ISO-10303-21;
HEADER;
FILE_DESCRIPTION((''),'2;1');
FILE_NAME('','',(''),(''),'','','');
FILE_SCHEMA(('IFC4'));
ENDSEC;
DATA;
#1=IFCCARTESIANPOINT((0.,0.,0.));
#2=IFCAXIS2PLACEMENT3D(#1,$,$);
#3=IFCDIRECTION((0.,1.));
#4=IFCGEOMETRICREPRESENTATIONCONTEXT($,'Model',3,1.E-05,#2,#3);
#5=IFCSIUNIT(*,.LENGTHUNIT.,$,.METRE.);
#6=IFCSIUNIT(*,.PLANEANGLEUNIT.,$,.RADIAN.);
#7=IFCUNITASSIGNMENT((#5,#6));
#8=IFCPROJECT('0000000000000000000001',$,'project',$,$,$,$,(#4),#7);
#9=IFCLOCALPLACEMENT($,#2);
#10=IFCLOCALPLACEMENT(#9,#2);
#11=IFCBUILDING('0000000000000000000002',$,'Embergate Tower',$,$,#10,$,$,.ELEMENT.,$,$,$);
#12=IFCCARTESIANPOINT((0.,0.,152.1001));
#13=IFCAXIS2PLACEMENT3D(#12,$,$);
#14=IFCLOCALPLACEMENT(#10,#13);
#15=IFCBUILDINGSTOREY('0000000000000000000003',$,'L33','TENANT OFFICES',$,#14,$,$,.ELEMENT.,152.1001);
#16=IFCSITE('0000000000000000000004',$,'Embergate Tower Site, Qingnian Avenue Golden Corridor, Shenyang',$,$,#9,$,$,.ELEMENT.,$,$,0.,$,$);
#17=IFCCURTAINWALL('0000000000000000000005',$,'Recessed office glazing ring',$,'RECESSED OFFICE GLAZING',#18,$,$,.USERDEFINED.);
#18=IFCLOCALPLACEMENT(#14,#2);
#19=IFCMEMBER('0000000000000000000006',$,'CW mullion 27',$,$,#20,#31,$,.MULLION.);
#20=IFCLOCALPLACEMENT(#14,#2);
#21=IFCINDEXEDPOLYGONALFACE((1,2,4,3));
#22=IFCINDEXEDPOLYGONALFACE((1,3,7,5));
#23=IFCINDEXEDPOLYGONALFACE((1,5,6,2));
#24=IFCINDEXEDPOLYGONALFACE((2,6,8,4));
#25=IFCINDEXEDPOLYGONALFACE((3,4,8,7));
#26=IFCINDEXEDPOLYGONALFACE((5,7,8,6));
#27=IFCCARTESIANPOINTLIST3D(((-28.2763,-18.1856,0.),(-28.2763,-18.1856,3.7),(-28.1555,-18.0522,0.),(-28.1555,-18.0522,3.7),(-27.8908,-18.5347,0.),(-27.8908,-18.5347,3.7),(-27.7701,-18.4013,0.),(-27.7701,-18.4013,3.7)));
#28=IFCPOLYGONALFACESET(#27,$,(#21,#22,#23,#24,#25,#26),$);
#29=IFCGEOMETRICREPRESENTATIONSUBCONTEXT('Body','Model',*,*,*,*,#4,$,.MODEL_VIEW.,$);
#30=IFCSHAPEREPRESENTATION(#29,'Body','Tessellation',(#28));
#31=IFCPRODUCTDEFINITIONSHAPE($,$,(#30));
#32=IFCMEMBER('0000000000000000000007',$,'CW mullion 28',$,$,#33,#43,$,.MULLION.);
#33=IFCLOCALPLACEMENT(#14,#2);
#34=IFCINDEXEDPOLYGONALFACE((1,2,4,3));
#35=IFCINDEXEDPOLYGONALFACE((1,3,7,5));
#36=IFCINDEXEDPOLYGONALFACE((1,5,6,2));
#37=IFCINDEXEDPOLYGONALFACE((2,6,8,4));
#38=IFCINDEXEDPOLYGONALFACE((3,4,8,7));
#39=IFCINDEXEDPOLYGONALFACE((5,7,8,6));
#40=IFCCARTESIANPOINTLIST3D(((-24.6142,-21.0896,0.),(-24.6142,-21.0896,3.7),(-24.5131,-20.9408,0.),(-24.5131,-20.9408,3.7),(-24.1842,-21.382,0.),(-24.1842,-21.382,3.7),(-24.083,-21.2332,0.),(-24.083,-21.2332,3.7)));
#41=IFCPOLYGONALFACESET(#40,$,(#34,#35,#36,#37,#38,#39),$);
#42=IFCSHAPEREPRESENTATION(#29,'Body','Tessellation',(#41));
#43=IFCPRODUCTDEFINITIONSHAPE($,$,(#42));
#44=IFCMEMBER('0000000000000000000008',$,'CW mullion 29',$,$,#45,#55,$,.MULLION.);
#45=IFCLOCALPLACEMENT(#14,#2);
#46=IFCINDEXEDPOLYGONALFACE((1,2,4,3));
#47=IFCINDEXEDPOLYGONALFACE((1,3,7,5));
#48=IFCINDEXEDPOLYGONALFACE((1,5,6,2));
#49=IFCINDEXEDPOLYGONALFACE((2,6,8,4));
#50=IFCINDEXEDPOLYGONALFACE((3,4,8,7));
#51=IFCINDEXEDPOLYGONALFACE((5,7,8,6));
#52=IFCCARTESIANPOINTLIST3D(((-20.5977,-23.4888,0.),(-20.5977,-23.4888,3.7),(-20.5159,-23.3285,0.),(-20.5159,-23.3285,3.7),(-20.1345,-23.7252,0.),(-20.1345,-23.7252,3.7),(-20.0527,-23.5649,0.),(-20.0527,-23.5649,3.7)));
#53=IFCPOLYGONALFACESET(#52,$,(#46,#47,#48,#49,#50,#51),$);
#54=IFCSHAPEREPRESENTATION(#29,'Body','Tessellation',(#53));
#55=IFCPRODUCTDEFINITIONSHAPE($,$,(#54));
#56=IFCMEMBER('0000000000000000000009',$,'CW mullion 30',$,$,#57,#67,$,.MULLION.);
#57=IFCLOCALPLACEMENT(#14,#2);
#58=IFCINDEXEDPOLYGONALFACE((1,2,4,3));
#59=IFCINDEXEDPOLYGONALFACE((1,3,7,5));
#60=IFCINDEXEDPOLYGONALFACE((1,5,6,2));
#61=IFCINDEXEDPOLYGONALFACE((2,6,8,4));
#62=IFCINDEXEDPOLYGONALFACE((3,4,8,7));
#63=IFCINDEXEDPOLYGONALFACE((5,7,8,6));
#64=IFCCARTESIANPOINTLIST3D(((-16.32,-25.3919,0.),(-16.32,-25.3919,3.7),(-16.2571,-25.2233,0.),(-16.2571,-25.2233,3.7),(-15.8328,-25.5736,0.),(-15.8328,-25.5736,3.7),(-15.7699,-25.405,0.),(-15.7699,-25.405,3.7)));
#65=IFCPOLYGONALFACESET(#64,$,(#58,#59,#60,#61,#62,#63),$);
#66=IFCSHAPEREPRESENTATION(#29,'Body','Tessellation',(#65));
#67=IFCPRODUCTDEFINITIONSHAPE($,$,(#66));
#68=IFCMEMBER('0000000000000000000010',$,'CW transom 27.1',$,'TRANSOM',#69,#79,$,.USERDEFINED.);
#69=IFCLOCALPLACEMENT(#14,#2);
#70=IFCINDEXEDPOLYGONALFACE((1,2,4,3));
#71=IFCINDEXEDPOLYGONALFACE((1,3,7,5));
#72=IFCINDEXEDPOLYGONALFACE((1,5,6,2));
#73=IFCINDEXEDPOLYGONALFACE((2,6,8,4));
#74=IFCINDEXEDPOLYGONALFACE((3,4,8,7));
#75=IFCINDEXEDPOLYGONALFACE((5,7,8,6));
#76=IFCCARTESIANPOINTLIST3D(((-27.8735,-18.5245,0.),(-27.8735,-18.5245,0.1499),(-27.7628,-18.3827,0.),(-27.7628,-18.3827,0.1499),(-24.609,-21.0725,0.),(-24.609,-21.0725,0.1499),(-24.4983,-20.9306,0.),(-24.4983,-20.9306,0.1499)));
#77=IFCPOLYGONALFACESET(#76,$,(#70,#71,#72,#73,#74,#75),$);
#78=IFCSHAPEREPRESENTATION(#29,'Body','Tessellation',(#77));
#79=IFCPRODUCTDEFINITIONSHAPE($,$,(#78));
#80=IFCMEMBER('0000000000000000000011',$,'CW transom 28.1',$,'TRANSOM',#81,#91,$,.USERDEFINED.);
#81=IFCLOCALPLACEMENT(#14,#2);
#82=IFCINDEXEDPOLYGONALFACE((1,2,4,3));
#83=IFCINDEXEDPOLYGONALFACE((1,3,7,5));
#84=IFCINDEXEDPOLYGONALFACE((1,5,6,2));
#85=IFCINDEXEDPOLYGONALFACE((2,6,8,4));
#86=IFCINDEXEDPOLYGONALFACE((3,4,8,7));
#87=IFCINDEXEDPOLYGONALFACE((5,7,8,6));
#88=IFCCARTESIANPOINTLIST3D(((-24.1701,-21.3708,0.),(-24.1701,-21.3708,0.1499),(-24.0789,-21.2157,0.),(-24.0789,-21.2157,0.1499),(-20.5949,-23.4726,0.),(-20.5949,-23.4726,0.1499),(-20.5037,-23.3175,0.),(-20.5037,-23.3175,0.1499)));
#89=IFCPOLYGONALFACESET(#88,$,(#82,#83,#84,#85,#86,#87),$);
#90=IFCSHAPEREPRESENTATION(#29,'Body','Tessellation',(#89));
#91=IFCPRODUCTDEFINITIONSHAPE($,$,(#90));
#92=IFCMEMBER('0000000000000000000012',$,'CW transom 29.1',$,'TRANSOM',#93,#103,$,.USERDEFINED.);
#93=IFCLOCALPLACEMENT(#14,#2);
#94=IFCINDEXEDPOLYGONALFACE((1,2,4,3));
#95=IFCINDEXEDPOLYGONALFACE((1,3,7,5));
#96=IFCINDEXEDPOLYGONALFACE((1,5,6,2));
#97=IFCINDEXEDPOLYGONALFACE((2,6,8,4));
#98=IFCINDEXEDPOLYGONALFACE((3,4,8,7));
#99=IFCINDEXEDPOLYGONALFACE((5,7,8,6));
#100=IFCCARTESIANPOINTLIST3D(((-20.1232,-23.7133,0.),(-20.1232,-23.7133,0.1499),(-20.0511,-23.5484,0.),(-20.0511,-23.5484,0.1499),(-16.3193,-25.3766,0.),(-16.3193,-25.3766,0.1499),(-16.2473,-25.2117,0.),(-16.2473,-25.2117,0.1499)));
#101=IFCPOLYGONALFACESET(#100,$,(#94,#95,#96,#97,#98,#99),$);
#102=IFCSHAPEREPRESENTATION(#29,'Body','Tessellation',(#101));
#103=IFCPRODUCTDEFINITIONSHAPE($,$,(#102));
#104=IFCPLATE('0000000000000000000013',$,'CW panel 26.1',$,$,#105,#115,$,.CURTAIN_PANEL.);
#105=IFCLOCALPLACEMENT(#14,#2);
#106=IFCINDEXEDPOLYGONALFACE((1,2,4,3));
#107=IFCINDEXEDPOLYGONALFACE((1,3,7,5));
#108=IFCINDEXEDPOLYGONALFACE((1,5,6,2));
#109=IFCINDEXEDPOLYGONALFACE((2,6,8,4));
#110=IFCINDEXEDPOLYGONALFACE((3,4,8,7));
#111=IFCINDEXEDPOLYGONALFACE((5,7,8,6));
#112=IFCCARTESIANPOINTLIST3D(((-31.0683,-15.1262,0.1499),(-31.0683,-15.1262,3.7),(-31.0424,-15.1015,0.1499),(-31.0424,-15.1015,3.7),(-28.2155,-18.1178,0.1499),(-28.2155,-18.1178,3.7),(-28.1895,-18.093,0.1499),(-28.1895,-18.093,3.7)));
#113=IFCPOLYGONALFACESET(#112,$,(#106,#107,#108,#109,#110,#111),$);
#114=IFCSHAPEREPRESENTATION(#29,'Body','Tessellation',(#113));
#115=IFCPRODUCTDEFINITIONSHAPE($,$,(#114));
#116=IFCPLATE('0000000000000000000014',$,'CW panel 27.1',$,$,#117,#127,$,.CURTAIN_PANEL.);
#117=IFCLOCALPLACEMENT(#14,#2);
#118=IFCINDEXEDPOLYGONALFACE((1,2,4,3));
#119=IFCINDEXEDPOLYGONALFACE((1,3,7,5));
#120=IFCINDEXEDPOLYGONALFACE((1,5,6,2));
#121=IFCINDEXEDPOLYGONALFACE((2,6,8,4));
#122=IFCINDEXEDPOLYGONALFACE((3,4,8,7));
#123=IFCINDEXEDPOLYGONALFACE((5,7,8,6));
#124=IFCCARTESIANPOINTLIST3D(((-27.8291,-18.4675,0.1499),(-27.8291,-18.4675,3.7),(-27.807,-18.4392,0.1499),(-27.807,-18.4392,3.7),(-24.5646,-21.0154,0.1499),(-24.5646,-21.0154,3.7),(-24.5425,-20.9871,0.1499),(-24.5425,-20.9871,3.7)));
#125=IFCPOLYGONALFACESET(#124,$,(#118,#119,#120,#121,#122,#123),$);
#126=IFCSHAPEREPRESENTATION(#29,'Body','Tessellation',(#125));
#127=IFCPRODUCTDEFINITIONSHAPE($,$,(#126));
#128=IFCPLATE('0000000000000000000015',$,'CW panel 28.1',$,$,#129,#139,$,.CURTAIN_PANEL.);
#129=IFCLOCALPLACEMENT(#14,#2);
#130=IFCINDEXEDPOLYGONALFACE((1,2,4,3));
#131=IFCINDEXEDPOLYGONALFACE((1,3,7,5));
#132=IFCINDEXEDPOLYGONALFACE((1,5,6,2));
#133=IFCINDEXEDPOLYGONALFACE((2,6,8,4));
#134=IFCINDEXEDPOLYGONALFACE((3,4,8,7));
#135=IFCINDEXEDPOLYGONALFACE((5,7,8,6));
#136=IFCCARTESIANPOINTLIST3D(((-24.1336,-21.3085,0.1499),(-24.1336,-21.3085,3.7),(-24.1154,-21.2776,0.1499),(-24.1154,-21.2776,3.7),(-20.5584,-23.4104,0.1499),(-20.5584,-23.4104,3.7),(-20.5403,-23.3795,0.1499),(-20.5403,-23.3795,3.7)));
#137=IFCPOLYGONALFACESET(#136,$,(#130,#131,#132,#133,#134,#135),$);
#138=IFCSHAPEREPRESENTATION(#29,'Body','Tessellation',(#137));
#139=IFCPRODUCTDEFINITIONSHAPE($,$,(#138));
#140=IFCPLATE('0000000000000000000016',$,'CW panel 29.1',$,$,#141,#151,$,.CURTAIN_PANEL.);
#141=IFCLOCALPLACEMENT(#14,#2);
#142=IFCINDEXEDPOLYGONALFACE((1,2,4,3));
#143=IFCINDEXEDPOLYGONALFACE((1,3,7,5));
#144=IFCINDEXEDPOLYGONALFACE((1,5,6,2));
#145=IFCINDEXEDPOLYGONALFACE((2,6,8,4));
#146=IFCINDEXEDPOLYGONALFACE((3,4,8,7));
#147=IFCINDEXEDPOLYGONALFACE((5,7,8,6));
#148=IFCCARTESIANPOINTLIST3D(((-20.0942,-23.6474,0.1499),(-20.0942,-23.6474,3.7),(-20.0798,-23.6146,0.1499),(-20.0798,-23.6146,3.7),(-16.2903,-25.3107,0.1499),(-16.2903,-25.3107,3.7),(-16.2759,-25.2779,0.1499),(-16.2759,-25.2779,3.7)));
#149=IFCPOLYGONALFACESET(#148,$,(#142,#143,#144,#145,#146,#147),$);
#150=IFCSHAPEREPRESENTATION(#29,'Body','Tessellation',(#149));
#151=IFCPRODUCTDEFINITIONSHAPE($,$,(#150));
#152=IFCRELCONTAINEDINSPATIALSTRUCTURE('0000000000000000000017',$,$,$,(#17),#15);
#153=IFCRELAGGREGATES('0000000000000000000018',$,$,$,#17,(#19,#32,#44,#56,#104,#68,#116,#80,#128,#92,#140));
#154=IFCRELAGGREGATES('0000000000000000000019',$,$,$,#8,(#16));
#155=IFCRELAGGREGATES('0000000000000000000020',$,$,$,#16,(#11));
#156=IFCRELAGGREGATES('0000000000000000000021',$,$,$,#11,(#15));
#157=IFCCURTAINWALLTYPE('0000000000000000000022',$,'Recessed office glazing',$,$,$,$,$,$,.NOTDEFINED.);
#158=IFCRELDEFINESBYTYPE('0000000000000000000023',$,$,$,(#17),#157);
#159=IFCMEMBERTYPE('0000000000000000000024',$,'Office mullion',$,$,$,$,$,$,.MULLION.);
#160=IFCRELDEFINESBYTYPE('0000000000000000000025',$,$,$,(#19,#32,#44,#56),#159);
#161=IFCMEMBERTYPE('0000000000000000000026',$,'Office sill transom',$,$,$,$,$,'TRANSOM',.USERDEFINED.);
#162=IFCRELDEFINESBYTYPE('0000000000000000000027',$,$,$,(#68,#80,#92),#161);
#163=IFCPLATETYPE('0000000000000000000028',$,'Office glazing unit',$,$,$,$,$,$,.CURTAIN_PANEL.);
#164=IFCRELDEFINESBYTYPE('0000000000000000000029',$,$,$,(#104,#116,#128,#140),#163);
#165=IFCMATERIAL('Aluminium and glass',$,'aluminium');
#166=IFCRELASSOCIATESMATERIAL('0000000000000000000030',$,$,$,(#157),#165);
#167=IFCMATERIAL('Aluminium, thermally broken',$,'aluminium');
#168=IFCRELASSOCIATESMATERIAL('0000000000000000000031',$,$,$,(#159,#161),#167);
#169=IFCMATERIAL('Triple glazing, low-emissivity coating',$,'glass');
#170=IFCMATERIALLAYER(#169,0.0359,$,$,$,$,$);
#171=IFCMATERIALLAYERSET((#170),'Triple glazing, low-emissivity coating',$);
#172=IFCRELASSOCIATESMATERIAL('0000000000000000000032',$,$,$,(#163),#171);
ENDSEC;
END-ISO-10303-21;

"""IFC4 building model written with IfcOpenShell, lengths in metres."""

from ifc_helpers import new_model, si_unit, direction, frame, origin, origin_2d, place, context, subcontext, project, spatial, rectangle, extrude, source, transform, mapped, material, layer, layer_set, material_profile, profile_set, type_object, element, aggregate, save


model = new_model("IFC4")

# Units and contexts
model_context = context("Model", 3, precision=1e-05, world=origin(), true_north=direction((0.0, 1.0)))
body_context = subcontext(model_context, "Body", "Model", "MODEL_VIEW")
ifc_project = project(units=[si_unit("LENGTHUNIT", "METRE"), si_unit("PLANEANGLEUNIT", "RADIAN")], contexts=[model_context])

# Site, building, storey
site_placement = place(None, origin())
site = spatial("IfcSite", under=ifc_project, at=site_placement, Name="Embergate Tower Site, Qingnian Avenue Golden Corridor, Shenyang", CompositionType="ELEMENT", RefElevation=0.0)
building_placement = place(site_placement, origin())
building = spatial("IfcBuilding", under=site, at=building_placement, Name="Embergate Tower", CompositionType="ELEMENT")
storey_placement = place(building_placement, frame((0.0, 0.0, 152.1001)))
storey = spatial("IfcBuildingStorey", under=building, at=storey_placement, Name="L33", Description="TENANT OFFICES", CompositionType="ELEMENT", Elevation=152.1001)

# Curtain wall, members, plates
ifc_material_1 = material(Name="Aluminium and glass", Category="aluminium")
curtain_wall_type = type_object("IfcCurtainWallType", Name="Recessed office glazing", PredefinedType="NOTDEFINED", material=ifc_material_1)
curtain_wall_placement = place(storey_placement, origin())
curtain_wall = element("IfcCurtainWall", 1, at=curtain_wall_placement, inside=storey, type_object=curtain_wall_type, Name="Recessed office glazing ring", ObjectType="RECESSED OFFICE GLAZING", PredefinedType="USERDEFINED")
ifc_material_2 = material(Name="Aluminium, thermally broken", Category="aluminium")
ifc_material_profile_1 = material_profile(ifc_material_2, rectangle(XDim=0.1799, YDim=0.52, at=origin_2d()), Name="AL 520x180")
ifc_profile_set_1 = profile_set([ifc_material_profile_1], Name="Aluminium, thermally broken")
member_type_1 = type_object("IfcMemberType", Name="Office mullion", PredefinedType="MULLION", material=ifc_profile_set_1)
shared_shape_1 = source(origin(), body_context, "Body", "SweptSolid", [
    extrude(rectangle(XDim=0.1799, YDim=0.52, at=origin_2d()), origin(), (0.0, 0.0, 1.0), 3.7),
])
member_1_placement = place(storey_placement, frame((-28.0232, -18.2935, 0.0), z_axis=(0.0, 0.0, 1.0), x_axis=(0.671227, 0.741252, 0.0)))
member_1 = element("IfcMember", 2, at=member_1_placement, type_object=member_type_1, Name="CW mullion 27", PredefinedType="MULLION", context=body_context, shape_type="MappedRepresentation", body=[
    mapped(shared_shape_1, transform((0.0, 0.0, 0.0))),
])
member_2_placement = place(storey_placement, frame((-24.3486, -21.1614, 0.0), z_axis=(0.0, 0.0, 1.0), x_axis=(0.562218, 0.826989, 0.0)))
member_2 = element("IfcMember", 3, at=member_2_placement, type_object=member_type_1, Name="CW mullion 28", PredefinedType="MULLION", context=body_context, shape_type="MappedRepresentation", body=[
    mapped(shared_shape_1, transform((0.0, 0.0, 0.0))),
])
member_3_placement = place(storey_placement, frame((-20.3252, -23.5269, 0.0), z_axis=(0.0, 0.0, 1.0), x_axis=(0.454511, 0.890741, 0.0)))
member_3 = element("IfcMember", 4, at=member_3_placement, type_object=member_type_1, Name="CW mullion 29", PredefinedType="MULLION", context=body_context, shape_type="MappedRepresentation", body=[
    mapped(shared_shape_1, transform((0.0, 0.0, 0.0))),
])
member_4_placement = place(storey_placement, frame((-16.0449, -25.3984, 0.0), z_axis=(0.0, 0.0, 1.0), x_axis=(0.349503, 0.936935, 0.0)))
member_4 = element("IfcMember", 5, at=member_4_placement, type_object=member_type_1, Name="CW mullion 30", PredefinedType="MULLION", context=body_context, shape_type="MappedRepresentation", body=[
    mapped(shared_shape_1, transform((0.0, 0.0, 0.0))),
])
ifc_material_profile_2 = material_profile(ifc_material_2, rectangle(XDim=0.1799, YDim=0.1499, at=origin_2d()), Name="AL 150x180")
ifc_profile_set_2 = profile_set([ifc_material_profile_2], Name="Aluminium, thermally broken")
member_type_2 = type_object("IfcMemberType", Name="Office sill transom", ElementType="TRANSOM", PredefinedType="USERDEFINED", material=ifc_profile_set_2)
shared_shape_2 = source(origin(), body_context, "Body", "SweptSolid", [
    extrude(rectangle(XDim=0.1799, YDim=0.1499, at=origin_2d()), origin(), (0.0, 0.0, 1.0), 4.1411),
])
member_5_placement = place(storey_placement, frame((-27.8181, -18.4536, 0.075), z_axis=(0.788313, -0.615274, 0.0), x_axis=(0.615274, 0.788313, 0.0)))
member_5 = element("IfcMember", 6, at=member_5_placement, type_object=member_type_2, Name="CW transom 27.1", ObjectType="TRANSOM", PredefinedType="USERDEFINED", context=body_context, shape_type="MappedRepresentation", body=[
    mapped(shared_shape_2, transform((0.0, 0.0, 0.0))),
])
shared_shape_3 = source(origin(), body_context, "Body", "SweptSolid", [
    extrude(rectangle(XDim=0.1799, YDim=0.1499, at=origin_2d()), origin(), (0.0, 0.0, 1.0), 4.1472),
])
member_6_placement = place(storey_placement, frame((-24.1245, -21.2932, 0.075), z_axis=(0.862066, -0.506796, 0.0), x_axis=(0.506796, 0.862066, 0.0)))
member_6 = element("IfcMember", 7, at=member_6_placement, type_object=member_type_2, Name="CW transom 28.1", ObjectType="TRANSOM", PredefinedType="USERDEFINED", context=body_context, shape_type="MappedRepresentation", body=[
    mapped(shared_shape_3, transform((0.0, 0.0, 0.0))),
])
shared_shape_4 = source(origin(), body_context, "Body", "SweptSolid", [
    extrude(rectangle(XDim=0.1799, YDim=0.1499, at=origin_2d()), origin(), (0.0, 0.0, 1.0), 4.1516),
])
member_7_placement = place(storey_placement, frame((-20.0872, -23.6309, 0.075), z_axis=(0.916237, -0.400637, 0.0), x_axis=(0.400637, 0.916237, 0.0)))
member_7 = element("IfcMember", 8, at=member_7_placement, type_object=member_type_2, Name="CW transom 29.1", ObjectType="TRANSOM", PredefinedType="USERDEFINED", context=body_context, shape_type="MappedRepresentation", body=[
    mapped(shared_shape_4, transform((0.0, 0.0, 0.0))),
])
ifc_material_3 = material(Name="Triple glazing, low-emissivity coating", Category="glass")
ifc_layer = layer(ifc_material_3, 0.0359)
ifc_layer_set = layer_set([ifc_layer], Name="Triple glazing, low-emissivity coating")
plate_type = type_object("IfcPlateType", Name="Office glazing unit", PredefinedType="CURTAIN_PANEL", material=ifc_layer_set)
shared_shape_5 = source(origin(), body_context, "Body", "SweptSolid", [
    extrude(rectangle(XDim=4.1338, YDim=0.0359, at=origin_2d()), origin(), (0.0, 0.0, 1.0), 3.55),
])
plate_1_placement = place(storey_placement, frame((-29.6289, -16.6096, 0.1499), z_axis=(0.0, 0.0, 1.0), x_axis=(0.690135, -0.723681, 0.0)))
plate_1 = element("IfcPlate", 9, at=plate_1_placement, type_object=plate_type, Name="CW panel 26.1", PredefinedType="CURTAIN_PANEL", context=body_context, shape_type="MappedRepresentation", body=[
    mapped(shared_shape_5, transform((0.0, 0.0, 0.0))),
])
shared_shape_6 = source(origin(), body_context, "Body", "SweptSolid", [
    extrude(rectangle(XDim=4.1411, YDim=0.0359, at=origin_2d()), origin(), (0.0, 0.0, 1.0), 3.55),
])
plate_2_placement = place(storey_placement, frame((-26.1858, -19.7273, 0.1499), z_axis=(0.0, 0.0, 1.0), x_axis=(0.78832, -0.615265, 0.0)))
plate_2 = element("IfcPlate", 10, at=plate_2_placement, type_object=plate_type, Name="CW panel 27.1", PredefinedType="CURTAIN_PANEL", context=body_context, shape_type="MappedRepresentation", body=[
    mapped(shared_shape_6, transform((0.0, 0.0, 0.0))),
])
shared_shape_7 = source(origin(), body_context, "Body", "SweptSolid", [
    extrude(rectangle(XDim=4.1472, YDim=0.0359, at=origin_2d()), origin(), (0.0, 0.0, 1.0), 3.55),
])
plate_3_placement = place(storey_placement, frame((-22.3369, -22.344, 0.1499), z_axis=(0.0, 0.0, 1.0), x_axis=(0.862053, -0.506818, 0.0)))
plate_3 = element("IfcPlate", 11, at=plate_3_placement, type_object=plate_type, Name="CW panel 28.1", PredefinedType="CURTAIN_PANEL", context=body_context, shape_type="MappedRepresentation", body=[
    mapped(shared_shape_7, transform((0.0, 0.0, 0.0))),
])
shared_shape_8 = source(origin(), body_context, "Body", "SweptSolid", [
    extrude(rectangle(XDim=4.1516, YDim=0.0359, at=origin_2d()), origin(), (0.0, 0.0, 1.0), 3.55),
])
plate_4_placement = place(storey_placement, frame((-18.1851, -24.4626, 0.1499), z_axis=(0.0, 0.0, 1.0), x_axis=(0.916236, -0.400638, 0.0)))
plate_4 = element("IfcPlate", 12, at=plate_4_placement, type_object=plate_type, Name="CW panel 29.1", PredefinedType="CURTAIN_PANEL", context=body_context, shape_type="MappedRepresentation", body=[
    mapped(shared_shape_8, transform((0.0, 0.0, 0.0))),
])
aggregate(curtain_wall, [member_1, member_2, member_3, member_4, plate_1, member_5, plate_2, member_6, plate_3, member_7, plate_4])

save(model, "model.ifc")
